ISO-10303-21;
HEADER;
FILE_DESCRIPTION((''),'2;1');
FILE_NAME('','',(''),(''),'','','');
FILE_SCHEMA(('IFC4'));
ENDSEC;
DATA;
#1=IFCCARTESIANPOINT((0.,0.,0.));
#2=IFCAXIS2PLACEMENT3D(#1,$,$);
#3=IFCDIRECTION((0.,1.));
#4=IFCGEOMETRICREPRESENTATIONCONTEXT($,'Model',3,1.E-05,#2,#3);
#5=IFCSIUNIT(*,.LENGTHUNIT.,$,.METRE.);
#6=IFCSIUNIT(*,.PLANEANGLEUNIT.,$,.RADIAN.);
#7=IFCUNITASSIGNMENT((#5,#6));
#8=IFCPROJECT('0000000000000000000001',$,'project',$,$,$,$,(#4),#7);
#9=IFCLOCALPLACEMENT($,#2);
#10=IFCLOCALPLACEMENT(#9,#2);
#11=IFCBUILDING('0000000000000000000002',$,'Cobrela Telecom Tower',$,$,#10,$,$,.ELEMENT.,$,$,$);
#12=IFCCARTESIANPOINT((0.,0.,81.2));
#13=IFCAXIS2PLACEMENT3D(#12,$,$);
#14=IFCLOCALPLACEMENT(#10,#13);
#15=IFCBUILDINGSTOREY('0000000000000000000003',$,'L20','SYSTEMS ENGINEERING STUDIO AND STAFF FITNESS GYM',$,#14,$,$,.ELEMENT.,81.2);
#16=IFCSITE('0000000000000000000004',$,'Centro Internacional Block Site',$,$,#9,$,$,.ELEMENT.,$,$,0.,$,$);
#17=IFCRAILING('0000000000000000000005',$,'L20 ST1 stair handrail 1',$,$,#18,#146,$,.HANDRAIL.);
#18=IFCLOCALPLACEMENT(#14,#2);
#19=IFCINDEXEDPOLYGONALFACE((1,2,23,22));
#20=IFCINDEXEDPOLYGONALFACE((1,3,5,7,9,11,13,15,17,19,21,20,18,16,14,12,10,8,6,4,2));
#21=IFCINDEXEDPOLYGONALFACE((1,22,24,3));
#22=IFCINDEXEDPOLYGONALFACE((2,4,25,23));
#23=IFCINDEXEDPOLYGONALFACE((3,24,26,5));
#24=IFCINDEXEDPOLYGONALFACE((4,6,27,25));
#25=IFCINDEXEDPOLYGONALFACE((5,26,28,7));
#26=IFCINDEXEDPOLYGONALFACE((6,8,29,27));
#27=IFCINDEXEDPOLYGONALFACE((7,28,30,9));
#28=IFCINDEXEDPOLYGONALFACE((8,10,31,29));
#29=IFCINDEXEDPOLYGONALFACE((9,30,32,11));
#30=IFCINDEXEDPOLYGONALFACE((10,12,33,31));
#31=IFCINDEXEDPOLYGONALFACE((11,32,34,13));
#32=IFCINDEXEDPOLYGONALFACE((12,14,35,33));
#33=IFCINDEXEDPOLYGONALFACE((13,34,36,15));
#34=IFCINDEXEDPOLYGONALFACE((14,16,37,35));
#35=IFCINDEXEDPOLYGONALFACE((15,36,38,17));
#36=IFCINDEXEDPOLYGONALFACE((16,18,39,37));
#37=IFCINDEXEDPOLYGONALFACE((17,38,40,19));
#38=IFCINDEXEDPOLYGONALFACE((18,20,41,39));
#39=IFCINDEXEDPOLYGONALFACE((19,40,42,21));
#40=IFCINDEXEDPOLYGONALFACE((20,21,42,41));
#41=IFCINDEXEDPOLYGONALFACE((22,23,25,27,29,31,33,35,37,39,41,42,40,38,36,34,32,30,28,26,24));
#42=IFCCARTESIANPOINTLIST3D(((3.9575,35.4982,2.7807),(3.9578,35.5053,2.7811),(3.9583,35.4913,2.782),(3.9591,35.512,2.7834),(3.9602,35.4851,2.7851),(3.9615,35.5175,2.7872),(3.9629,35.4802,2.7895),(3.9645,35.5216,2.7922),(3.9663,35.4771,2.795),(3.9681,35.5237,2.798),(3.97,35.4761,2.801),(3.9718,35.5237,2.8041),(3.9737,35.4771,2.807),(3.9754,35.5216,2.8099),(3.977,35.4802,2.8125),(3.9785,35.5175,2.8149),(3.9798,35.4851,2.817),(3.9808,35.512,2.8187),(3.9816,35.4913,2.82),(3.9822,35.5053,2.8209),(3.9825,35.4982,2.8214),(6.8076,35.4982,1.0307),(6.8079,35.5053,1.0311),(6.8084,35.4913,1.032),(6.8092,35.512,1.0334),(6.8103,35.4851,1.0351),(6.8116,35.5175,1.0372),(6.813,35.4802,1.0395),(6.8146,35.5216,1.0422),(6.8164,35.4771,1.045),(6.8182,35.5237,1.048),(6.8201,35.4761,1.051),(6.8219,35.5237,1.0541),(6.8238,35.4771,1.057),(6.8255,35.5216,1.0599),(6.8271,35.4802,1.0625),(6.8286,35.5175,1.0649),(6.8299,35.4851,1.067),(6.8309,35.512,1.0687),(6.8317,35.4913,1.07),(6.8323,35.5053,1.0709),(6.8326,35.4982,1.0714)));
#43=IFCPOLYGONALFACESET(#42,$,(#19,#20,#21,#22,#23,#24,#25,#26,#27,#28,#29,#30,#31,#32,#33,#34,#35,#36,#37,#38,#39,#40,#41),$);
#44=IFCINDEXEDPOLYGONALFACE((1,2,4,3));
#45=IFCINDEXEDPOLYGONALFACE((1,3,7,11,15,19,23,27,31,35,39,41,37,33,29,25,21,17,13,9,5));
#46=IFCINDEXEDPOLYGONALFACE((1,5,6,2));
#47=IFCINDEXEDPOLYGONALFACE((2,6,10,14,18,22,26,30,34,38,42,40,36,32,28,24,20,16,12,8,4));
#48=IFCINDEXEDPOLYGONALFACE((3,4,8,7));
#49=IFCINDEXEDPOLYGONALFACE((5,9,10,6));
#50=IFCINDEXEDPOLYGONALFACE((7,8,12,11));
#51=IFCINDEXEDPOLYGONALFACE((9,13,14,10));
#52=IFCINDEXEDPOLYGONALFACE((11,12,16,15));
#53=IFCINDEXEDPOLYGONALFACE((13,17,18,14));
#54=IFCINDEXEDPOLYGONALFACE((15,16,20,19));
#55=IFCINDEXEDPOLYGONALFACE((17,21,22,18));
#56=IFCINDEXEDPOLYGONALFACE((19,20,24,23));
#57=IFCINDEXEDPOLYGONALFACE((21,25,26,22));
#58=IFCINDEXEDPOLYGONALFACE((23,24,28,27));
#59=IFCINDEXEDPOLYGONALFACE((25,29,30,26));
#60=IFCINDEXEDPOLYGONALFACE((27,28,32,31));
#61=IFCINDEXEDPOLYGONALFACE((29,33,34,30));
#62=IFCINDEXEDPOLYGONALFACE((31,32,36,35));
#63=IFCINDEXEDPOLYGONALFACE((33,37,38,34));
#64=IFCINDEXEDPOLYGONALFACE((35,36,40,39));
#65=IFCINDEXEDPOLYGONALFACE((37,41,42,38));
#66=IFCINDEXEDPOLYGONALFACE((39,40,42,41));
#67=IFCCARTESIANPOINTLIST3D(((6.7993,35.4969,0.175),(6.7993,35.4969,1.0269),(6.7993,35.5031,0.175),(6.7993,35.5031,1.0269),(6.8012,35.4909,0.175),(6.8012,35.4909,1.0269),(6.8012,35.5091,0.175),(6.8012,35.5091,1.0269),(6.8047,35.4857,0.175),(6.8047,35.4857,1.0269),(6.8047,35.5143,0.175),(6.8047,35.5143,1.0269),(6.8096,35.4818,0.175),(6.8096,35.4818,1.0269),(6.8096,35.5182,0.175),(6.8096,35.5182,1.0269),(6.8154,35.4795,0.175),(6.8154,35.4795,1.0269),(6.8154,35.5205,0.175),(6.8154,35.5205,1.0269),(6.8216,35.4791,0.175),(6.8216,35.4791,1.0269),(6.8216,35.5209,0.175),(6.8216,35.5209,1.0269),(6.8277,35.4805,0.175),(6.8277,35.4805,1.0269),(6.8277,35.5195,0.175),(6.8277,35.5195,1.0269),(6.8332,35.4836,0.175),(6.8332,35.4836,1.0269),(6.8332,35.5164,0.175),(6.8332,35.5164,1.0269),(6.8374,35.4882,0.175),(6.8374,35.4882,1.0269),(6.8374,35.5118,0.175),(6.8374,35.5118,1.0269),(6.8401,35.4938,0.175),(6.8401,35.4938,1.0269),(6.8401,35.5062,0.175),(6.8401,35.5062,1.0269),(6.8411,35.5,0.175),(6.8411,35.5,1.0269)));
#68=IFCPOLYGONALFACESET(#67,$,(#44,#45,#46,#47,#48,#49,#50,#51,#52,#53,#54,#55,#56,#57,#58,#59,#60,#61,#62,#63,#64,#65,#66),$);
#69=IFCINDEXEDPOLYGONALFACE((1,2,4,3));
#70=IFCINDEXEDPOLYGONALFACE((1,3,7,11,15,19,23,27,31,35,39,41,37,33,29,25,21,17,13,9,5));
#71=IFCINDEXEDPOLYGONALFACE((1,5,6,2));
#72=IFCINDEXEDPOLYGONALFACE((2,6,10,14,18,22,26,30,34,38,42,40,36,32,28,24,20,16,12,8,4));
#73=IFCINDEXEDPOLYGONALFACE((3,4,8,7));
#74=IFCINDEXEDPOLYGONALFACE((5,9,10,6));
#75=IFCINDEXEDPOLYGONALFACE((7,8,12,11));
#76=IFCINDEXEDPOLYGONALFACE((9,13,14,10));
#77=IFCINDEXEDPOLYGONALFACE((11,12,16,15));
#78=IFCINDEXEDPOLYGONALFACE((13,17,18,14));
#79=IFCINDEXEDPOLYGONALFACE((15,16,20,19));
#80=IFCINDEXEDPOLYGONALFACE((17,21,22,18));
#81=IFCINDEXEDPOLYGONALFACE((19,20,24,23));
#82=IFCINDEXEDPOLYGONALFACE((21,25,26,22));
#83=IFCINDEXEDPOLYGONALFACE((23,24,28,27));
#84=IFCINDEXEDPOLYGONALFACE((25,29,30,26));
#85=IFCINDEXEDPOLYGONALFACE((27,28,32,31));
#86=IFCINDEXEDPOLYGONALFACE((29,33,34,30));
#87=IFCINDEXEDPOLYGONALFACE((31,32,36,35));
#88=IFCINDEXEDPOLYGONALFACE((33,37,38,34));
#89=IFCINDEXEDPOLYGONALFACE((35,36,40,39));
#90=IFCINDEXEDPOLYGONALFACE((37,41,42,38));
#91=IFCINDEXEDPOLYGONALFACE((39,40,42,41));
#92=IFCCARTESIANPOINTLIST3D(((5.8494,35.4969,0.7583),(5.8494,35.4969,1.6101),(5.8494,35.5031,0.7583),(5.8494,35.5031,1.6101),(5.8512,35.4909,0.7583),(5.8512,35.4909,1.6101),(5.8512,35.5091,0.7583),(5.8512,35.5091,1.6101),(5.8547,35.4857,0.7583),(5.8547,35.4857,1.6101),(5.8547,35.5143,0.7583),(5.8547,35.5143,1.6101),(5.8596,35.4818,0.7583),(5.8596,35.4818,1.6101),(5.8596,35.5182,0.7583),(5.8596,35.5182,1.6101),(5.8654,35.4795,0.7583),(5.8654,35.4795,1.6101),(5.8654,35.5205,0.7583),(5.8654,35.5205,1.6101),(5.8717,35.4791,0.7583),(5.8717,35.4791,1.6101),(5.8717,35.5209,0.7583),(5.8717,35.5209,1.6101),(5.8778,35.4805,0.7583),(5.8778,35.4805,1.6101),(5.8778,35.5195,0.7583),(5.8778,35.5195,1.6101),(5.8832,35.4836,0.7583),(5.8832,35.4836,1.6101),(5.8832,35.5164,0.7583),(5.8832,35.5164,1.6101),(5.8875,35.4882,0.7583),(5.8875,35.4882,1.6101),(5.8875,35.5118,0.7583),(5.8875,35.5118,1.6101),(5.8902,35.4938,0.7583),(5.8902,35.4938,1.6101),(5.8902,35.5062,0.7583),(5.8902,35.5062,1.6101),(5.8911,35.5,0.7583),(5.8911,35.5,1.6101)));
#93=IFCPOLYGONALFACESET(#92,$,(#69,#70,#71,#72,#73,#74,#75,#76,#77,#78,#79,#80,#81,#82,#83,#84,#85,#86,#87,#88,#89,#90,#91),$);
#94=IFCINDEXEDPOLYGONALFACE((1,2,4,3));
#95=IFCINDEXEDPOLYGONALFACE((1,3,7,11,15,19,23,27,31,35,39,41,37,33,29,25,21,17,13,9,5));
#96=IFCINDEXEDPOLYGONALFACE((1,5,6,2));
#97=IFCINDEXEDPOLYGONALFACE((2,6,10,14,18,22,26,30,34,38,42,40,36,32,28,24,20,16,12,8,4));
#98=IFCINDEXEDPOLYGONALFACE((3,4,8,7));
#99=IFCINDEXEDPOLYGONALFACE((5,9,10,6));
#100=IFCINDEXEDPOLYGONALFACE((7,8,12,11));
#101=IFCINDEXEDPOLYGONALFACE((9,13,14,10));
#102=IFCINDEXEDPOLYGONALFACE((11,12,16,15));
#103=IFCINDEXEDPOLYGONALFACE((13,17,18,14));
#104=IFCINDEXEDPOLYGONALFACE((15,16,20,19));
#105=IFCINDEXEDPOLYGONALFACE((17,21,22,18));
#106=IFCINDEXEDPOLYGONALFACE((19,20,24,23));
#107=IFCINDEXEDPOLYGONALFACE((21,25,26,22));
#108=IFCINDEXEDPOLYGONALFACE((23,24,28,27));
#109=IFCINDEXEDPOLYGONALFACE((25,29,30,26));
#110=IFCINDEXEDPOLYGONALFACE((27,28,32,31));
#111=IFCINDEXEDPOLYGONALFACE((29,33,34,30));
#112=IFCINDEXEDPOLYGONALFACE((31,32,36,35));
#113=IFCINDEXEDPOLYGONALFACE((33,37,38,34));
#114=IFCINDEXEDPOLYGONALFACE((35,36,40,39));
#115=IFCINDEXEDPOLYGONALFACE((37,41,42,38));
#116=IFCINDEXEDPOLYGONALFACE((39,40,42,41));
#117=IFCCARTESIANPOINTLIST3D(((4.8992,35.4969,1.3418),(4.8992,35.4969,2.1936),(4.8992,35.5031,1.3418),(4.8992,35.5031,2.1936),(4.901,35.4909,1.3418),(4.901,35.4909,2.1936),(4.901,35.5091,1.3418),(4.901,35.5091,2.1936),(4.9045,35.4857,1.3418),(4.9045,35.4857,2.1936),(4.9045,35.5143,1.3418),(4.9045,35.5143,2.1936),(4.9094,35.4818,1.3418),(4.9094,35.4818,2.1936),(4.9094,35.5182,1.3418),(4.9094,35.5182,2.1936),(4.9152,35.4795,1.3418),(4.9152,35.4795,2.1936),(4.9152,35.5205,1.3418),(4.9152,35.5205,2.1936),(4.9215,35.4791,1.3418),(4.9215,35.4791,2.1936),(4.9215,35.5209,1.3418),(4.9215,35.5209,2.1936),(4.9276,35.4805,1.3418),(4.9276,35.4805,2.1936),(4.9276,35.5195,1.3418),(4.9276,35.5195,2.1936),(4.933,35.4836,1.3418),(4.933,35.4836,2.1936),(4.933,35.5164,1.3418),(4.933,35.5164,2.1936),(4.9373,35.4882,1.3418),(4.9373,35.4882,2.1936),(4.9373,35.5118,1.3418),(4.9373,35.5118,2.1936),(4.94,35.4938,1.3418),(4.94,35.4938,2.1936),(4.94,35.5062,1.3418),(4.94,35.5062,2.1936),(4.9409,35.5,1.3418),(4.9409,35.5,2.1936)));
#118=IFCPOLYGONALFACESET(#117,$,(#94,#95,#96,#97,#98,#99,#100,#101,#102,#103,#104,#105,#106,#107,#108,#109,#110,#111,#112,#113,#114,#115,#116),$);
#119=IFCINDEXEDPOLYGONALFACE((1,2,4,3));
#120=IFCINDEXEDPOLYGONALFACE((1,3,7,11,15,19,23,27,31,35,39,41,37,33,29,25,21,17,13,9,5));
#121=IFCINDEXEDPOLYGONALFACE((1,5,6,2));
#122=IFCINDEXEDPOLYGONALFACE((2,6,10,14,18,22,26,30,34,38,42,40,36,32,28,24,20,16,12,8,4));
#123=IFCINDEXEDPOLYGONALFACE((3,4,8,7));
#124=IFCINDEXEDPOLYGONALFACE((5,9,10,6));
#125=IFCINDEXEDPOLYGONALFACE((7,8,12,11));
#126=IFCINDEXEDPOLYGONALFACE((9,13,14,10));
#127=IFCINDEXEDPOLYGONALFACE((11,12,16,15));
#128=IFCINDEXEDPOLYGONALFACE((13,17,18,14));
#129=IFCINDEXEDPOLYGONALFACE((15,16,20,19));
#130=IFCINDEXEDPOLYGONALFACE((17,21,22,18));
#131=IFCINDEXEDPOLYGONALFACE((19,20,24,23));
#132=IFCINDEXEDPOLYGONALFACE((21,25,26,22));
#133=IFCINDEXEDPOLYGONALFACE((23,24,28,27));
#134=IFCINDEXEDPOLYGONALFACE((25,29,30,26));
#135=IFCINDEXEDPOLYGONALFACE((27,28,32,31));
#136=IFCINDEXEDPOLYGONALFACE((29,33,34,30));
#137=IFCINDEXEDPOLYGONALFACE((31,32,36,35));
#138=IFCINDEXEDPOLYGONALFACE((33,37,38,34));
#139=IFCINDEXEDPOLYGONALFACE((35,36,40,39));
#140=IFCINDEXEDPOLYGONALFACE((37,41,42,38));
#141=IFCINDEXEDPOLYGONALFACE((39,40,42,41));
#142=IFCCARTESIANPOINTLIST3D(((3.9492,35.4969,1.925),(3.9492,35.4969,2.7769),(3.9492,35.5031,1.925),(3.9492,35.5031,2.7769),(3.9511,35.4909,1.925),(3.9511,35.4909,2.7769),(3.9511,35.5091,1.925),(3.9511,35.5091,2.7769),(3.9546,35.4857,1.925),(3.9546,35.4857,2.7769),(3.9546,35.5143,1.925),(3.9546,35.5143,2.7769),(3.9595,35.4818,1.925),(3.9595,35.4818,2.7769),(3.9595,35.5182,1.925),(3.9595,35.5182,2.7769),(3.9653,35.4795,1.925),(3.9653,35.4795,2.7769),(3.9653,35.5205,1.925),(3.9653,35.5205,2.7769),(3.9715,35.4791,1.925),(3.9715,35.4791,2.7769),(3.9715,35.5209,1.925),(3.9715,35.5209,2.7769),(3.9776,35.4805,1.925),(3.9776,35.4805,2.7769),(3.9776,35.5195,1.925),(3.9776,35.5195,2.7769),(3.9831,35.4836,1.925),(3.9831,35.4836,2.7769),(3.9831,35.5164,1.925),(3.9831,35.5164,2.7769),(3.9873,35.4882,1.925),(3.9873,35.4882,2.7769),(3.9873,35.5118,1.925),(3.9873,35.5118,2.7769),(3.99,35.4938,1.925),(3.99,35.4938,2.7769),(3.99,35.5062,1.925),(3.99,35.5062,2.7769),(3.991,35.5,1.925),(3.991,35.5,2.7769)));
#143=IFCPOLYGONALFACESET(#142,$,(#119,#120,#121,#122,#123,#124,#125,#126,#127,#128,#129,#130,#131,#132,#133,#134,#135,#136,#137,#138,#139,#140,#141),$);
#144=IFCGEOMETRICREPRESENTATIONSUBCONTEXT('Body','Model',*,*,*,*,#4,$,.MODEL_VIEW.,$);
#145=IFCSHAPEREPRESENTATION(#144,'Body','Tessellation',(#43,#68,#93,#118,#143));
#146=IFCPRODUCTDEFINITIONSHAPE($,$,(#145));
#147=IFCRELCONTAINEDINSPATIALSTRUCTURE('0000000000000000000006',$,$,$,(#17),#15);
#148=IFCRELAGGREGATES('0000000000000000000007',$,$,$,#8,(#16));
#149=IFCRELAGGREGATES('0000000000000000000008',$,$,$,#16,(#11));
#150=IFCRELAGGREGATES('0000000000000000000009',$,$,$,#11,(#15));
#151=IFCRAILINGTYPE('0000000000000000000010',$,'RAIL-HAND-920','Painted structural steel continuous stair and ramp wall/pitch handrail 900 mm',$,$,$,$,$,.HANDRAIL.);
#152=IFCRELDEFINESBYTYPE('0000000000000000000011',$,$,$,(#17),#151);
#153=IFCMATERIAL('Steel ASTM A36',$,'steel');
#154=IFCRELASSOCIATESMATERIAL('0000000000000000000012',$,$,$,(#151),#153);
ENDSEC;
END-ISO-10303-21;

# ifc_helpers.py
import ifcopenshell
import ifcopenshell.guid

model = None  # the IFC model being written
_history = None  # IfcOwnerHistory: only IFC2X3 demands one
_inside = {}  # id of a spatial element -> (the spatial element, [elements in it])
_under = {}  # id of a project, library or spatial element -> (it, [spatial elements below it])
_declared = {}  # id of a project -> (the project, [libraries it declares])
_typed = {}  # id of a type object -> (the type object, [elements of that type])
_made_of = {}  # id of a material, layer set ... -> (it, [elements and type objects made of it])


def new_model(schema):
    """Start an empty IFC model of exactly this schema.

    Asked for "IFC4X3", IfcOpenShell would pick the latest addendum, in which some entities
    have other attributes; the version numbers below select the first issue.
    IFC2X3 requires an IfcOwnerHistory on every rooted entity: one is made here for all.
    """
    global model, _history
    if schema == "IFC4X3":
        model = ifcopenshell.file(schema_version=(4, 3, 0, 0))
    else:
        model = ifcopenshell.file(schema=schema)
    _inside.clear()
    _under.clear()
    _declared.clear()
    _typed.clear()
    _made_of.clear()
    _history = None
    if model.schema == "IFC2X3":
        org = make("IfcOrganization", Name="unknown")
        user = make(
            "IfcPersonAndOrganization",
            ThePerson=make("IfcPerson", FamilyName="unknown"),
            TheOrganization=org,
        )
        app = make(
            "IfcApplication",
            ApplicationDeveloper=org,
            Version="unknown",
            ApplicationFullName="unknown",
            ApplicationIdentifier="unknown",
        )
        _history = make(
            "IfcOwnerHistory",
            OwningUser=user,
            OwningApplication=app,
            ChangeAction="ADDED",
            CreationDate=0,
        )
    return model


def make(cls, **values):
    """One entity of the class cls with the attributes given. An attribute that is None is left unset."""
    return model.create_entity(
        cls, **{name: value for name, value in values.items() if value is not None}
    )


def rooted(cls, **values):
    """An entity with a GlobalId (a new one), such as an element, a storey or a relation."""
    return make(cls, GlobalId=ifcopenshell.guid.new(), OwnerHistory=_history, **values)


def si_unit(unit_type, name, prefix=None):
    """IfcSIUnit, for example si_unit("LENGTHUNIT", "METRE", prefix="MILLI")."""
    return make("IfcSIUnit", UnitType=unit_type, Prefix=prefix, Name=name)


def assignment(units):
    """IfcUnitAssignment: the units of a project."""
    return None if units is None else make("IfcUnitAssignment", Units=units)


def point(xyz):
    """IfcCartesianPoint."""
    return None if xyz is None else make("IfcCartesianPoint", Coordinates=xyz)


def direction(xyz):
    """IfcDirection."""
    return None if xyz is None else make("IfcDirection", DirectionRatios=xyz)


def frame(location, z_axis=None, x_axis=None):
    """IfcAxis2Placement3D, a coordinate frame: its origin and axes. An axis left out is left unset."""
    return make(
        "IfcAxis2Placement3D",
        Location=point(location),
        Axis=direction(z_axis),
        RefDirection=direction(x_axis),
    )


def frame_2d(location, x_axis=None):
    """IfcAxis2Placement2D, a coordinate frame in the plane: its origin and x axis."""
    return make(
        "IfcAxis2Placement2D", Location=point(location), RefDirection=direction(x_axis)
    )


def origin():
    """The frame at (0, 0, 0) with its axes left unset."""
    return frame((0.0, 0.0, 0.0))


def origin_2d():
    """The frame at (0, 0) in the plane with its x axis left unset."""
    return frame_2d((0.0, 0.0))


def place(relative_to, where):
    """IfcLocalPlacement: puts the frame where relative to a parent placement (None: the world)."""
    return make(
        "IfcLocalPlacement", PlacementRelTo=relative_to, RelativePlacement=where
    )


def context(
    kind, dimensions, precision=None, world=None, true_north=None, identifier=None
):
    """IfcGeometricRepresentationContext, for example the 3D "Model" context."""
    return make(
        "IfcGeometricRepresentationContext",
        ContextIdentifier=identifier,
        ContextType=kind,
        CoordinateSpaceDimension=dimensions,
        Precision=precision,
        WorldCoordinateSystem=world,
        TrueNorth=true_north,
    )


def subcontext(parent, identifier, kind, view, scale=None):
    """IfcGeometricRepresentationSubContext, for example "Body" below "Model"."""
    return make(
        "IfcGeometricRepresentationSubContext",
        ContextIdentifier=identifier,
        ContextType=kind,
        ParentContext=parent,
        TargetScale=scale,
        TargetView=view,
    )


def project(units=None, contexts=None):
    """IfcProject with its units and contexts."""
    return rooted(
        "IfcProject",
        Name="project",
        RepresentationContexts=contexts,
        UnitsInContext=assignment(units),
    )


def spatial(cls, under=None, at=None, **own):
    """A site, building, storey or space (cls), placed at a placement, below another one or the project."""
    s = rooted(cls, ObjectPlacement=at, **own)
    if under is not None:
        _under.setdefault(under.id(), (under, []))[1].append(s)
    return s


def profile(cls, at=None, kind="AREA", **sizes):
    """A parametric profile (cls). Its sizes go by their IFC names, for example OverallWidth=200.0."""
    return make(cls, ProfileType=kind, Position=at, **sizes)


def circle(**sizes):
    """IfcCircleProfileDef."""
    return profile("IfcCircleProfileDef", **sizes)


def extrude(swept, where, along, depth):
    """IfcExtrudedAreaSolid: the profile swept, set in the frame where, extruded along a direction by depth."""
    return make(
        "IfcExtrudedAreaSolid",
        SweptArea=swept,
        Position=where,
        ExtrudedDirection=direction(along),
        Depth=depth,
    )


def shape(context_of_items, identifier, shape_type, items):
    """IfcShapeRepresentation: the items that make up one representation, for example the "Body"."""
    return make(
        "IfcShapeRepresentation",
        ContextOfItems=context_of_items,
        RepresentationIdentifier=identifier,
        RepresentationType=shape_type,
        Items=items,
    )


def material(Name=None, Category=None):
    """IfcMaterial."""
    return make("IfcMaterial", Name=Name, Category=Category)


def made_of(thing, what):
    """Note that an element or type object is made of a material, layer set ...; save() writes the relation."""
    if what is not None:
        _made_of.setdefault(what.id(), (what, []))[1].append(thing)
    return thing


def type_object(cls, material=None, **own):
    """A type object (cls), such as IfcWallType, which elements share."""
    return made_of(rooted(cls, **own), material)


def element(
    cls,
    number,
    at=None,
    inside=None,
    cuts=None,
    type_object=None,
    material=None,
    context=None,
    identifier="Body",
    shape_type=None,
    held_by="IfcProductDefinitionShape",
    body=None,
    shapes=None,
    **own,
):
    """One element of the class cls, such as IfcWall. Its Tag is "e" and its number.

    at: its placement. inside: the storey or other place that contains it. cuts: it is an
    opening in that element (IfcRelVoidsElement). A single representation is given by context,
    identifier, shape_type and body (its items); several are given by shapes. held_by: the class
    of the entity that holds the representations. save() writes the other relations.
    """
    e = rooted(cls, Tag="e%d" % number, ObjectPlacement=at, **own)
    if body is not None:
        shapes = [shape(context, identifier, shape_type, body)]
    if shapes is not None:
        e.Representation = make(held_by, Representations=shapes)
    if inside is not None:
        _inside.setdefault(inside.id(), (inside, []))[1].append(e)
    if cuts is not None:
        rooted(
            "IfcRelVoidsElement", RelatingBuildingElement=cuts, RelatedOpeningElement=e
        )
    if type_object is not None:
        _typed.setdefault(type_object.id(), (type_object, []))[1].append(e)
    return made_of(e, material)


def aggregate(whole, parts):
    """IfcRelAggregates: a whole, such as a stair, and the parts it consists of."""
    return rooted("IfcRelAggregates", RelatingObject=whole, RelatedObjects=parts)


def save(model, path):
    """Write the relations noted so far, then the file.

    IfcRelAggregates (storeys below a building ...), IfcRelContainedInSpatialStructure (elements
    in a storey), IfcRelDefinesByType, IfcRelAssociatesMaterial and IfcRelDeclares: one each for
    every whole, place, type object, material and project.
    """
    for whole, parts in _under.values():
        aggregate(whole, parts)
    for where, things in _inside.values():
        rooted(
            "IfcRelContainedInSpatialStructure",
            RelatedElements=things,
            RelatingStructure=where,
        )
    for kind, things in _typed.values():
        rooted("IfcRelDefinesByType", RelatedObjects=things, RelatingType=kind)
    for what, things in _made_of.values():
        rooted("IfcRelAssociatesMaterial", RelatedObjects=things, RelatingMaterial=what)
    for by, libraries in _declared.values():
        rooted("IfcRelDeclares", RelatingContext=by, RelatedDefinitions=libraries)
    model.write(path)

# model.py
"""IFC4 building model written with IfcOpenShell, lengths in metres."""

from ifc_helpers import new_model, si_unit, direction, frame, origin, origin_2d, place, context, subcontext, project, spatial, circle, extrude, material, type_object, element, save


model = new_model("IFC4")

# Units and contexts
model_context = context("Model", 3, precision=1e-05, world=origin(), true_north=direction((0.0, 1.0)))
body_context = subcontext(model_context, "Body", "Model", "MODEL_VIEW")
ifc_project = project(units=[si_unit("LENGTHUNIT", "METRE"), si_unit("PLANEANGLEUNIT", "RADIAN")], contexts=[model_context])

# Site, building, storey
site_placement = place(None, origin())
site = spatial("IfcSite", under=ifc_project, at=site_placement, Name="Centro Internacional Block Site", CompositionType="ELEMENT", RefElevation=0.0)
building_placement = place(site_placement, origin())
building = spatial("IfcBuilding", under=site, at=building_placement, Name="Cobrela Telecom Tower", CompositionType="ELEMENT")
storey_placement = place(building_placement, frame((0.0, 0.0, 81.2)))
storey = spatial("IfcBuildingStorey", under=building, at=storey_placement, Name="L20", Description="SYSTEMS ENGINEERING STUDIO AND STAFF FITNESS GYM", CompositionType="ELEMENT", Elevation=81.2)

# Shared definitions
ifc_material_1 = material(Name="Steel ASTM A36", Category="steel")

# Railing
railing_type_1 = type_object("IfcRailingType", Name="RAIL-HAND-920", Description="Painted structural steel continuous stair and ramp wall/pitch handrail 900 mm", PredefinedType="HANDRAIL", material=ifc_material_1)
railing_1_placement = place(storey_placement, frame((6.8201, 35.5, 0.175)))
element("IfcRailing", 1, at=railing_1_placement, inside=storey, type_object=railing_type_1, Name="L20 ST1 stair handrail 1", PredefinedType="HANDRAIL", context=body_context, shape_type="SweptSolid", body=[
    extrude(circle(Radius=0.0239, at=origin_2d()), frame((0.0, 0.0, 0.876), z_axis=(-0.852179, 0.0, 0.52325), x_axis=(0.0, -1.0, 0.0)), (0.0, 0.0, 1.0), 3.3445),
    extrude(circle(Radius=0.021, at=origin_2d()), origin(), (0.0, 0.0, 1.0), 0.8518),
    extrude(circle(Radius=0.021, at=origin_2d()), frame((-0.95, 0.0, 0.5833)), (0.0, 0.0, 1.0), 0.8518),
    extrude(circle(Radius=0.021, at=origin_2d()), frame((-1.9001, 0.0, 1.1667)), (0.0, 0.0, 1.0), 0.8518),
    extrude(circle(Radius=0.021, at=origin_2d()), frame((-2.8501, 0.0, 1.75)), (0.0, 0.0, 1.0), 0.8518),
])

save(model, "model.ifc")
